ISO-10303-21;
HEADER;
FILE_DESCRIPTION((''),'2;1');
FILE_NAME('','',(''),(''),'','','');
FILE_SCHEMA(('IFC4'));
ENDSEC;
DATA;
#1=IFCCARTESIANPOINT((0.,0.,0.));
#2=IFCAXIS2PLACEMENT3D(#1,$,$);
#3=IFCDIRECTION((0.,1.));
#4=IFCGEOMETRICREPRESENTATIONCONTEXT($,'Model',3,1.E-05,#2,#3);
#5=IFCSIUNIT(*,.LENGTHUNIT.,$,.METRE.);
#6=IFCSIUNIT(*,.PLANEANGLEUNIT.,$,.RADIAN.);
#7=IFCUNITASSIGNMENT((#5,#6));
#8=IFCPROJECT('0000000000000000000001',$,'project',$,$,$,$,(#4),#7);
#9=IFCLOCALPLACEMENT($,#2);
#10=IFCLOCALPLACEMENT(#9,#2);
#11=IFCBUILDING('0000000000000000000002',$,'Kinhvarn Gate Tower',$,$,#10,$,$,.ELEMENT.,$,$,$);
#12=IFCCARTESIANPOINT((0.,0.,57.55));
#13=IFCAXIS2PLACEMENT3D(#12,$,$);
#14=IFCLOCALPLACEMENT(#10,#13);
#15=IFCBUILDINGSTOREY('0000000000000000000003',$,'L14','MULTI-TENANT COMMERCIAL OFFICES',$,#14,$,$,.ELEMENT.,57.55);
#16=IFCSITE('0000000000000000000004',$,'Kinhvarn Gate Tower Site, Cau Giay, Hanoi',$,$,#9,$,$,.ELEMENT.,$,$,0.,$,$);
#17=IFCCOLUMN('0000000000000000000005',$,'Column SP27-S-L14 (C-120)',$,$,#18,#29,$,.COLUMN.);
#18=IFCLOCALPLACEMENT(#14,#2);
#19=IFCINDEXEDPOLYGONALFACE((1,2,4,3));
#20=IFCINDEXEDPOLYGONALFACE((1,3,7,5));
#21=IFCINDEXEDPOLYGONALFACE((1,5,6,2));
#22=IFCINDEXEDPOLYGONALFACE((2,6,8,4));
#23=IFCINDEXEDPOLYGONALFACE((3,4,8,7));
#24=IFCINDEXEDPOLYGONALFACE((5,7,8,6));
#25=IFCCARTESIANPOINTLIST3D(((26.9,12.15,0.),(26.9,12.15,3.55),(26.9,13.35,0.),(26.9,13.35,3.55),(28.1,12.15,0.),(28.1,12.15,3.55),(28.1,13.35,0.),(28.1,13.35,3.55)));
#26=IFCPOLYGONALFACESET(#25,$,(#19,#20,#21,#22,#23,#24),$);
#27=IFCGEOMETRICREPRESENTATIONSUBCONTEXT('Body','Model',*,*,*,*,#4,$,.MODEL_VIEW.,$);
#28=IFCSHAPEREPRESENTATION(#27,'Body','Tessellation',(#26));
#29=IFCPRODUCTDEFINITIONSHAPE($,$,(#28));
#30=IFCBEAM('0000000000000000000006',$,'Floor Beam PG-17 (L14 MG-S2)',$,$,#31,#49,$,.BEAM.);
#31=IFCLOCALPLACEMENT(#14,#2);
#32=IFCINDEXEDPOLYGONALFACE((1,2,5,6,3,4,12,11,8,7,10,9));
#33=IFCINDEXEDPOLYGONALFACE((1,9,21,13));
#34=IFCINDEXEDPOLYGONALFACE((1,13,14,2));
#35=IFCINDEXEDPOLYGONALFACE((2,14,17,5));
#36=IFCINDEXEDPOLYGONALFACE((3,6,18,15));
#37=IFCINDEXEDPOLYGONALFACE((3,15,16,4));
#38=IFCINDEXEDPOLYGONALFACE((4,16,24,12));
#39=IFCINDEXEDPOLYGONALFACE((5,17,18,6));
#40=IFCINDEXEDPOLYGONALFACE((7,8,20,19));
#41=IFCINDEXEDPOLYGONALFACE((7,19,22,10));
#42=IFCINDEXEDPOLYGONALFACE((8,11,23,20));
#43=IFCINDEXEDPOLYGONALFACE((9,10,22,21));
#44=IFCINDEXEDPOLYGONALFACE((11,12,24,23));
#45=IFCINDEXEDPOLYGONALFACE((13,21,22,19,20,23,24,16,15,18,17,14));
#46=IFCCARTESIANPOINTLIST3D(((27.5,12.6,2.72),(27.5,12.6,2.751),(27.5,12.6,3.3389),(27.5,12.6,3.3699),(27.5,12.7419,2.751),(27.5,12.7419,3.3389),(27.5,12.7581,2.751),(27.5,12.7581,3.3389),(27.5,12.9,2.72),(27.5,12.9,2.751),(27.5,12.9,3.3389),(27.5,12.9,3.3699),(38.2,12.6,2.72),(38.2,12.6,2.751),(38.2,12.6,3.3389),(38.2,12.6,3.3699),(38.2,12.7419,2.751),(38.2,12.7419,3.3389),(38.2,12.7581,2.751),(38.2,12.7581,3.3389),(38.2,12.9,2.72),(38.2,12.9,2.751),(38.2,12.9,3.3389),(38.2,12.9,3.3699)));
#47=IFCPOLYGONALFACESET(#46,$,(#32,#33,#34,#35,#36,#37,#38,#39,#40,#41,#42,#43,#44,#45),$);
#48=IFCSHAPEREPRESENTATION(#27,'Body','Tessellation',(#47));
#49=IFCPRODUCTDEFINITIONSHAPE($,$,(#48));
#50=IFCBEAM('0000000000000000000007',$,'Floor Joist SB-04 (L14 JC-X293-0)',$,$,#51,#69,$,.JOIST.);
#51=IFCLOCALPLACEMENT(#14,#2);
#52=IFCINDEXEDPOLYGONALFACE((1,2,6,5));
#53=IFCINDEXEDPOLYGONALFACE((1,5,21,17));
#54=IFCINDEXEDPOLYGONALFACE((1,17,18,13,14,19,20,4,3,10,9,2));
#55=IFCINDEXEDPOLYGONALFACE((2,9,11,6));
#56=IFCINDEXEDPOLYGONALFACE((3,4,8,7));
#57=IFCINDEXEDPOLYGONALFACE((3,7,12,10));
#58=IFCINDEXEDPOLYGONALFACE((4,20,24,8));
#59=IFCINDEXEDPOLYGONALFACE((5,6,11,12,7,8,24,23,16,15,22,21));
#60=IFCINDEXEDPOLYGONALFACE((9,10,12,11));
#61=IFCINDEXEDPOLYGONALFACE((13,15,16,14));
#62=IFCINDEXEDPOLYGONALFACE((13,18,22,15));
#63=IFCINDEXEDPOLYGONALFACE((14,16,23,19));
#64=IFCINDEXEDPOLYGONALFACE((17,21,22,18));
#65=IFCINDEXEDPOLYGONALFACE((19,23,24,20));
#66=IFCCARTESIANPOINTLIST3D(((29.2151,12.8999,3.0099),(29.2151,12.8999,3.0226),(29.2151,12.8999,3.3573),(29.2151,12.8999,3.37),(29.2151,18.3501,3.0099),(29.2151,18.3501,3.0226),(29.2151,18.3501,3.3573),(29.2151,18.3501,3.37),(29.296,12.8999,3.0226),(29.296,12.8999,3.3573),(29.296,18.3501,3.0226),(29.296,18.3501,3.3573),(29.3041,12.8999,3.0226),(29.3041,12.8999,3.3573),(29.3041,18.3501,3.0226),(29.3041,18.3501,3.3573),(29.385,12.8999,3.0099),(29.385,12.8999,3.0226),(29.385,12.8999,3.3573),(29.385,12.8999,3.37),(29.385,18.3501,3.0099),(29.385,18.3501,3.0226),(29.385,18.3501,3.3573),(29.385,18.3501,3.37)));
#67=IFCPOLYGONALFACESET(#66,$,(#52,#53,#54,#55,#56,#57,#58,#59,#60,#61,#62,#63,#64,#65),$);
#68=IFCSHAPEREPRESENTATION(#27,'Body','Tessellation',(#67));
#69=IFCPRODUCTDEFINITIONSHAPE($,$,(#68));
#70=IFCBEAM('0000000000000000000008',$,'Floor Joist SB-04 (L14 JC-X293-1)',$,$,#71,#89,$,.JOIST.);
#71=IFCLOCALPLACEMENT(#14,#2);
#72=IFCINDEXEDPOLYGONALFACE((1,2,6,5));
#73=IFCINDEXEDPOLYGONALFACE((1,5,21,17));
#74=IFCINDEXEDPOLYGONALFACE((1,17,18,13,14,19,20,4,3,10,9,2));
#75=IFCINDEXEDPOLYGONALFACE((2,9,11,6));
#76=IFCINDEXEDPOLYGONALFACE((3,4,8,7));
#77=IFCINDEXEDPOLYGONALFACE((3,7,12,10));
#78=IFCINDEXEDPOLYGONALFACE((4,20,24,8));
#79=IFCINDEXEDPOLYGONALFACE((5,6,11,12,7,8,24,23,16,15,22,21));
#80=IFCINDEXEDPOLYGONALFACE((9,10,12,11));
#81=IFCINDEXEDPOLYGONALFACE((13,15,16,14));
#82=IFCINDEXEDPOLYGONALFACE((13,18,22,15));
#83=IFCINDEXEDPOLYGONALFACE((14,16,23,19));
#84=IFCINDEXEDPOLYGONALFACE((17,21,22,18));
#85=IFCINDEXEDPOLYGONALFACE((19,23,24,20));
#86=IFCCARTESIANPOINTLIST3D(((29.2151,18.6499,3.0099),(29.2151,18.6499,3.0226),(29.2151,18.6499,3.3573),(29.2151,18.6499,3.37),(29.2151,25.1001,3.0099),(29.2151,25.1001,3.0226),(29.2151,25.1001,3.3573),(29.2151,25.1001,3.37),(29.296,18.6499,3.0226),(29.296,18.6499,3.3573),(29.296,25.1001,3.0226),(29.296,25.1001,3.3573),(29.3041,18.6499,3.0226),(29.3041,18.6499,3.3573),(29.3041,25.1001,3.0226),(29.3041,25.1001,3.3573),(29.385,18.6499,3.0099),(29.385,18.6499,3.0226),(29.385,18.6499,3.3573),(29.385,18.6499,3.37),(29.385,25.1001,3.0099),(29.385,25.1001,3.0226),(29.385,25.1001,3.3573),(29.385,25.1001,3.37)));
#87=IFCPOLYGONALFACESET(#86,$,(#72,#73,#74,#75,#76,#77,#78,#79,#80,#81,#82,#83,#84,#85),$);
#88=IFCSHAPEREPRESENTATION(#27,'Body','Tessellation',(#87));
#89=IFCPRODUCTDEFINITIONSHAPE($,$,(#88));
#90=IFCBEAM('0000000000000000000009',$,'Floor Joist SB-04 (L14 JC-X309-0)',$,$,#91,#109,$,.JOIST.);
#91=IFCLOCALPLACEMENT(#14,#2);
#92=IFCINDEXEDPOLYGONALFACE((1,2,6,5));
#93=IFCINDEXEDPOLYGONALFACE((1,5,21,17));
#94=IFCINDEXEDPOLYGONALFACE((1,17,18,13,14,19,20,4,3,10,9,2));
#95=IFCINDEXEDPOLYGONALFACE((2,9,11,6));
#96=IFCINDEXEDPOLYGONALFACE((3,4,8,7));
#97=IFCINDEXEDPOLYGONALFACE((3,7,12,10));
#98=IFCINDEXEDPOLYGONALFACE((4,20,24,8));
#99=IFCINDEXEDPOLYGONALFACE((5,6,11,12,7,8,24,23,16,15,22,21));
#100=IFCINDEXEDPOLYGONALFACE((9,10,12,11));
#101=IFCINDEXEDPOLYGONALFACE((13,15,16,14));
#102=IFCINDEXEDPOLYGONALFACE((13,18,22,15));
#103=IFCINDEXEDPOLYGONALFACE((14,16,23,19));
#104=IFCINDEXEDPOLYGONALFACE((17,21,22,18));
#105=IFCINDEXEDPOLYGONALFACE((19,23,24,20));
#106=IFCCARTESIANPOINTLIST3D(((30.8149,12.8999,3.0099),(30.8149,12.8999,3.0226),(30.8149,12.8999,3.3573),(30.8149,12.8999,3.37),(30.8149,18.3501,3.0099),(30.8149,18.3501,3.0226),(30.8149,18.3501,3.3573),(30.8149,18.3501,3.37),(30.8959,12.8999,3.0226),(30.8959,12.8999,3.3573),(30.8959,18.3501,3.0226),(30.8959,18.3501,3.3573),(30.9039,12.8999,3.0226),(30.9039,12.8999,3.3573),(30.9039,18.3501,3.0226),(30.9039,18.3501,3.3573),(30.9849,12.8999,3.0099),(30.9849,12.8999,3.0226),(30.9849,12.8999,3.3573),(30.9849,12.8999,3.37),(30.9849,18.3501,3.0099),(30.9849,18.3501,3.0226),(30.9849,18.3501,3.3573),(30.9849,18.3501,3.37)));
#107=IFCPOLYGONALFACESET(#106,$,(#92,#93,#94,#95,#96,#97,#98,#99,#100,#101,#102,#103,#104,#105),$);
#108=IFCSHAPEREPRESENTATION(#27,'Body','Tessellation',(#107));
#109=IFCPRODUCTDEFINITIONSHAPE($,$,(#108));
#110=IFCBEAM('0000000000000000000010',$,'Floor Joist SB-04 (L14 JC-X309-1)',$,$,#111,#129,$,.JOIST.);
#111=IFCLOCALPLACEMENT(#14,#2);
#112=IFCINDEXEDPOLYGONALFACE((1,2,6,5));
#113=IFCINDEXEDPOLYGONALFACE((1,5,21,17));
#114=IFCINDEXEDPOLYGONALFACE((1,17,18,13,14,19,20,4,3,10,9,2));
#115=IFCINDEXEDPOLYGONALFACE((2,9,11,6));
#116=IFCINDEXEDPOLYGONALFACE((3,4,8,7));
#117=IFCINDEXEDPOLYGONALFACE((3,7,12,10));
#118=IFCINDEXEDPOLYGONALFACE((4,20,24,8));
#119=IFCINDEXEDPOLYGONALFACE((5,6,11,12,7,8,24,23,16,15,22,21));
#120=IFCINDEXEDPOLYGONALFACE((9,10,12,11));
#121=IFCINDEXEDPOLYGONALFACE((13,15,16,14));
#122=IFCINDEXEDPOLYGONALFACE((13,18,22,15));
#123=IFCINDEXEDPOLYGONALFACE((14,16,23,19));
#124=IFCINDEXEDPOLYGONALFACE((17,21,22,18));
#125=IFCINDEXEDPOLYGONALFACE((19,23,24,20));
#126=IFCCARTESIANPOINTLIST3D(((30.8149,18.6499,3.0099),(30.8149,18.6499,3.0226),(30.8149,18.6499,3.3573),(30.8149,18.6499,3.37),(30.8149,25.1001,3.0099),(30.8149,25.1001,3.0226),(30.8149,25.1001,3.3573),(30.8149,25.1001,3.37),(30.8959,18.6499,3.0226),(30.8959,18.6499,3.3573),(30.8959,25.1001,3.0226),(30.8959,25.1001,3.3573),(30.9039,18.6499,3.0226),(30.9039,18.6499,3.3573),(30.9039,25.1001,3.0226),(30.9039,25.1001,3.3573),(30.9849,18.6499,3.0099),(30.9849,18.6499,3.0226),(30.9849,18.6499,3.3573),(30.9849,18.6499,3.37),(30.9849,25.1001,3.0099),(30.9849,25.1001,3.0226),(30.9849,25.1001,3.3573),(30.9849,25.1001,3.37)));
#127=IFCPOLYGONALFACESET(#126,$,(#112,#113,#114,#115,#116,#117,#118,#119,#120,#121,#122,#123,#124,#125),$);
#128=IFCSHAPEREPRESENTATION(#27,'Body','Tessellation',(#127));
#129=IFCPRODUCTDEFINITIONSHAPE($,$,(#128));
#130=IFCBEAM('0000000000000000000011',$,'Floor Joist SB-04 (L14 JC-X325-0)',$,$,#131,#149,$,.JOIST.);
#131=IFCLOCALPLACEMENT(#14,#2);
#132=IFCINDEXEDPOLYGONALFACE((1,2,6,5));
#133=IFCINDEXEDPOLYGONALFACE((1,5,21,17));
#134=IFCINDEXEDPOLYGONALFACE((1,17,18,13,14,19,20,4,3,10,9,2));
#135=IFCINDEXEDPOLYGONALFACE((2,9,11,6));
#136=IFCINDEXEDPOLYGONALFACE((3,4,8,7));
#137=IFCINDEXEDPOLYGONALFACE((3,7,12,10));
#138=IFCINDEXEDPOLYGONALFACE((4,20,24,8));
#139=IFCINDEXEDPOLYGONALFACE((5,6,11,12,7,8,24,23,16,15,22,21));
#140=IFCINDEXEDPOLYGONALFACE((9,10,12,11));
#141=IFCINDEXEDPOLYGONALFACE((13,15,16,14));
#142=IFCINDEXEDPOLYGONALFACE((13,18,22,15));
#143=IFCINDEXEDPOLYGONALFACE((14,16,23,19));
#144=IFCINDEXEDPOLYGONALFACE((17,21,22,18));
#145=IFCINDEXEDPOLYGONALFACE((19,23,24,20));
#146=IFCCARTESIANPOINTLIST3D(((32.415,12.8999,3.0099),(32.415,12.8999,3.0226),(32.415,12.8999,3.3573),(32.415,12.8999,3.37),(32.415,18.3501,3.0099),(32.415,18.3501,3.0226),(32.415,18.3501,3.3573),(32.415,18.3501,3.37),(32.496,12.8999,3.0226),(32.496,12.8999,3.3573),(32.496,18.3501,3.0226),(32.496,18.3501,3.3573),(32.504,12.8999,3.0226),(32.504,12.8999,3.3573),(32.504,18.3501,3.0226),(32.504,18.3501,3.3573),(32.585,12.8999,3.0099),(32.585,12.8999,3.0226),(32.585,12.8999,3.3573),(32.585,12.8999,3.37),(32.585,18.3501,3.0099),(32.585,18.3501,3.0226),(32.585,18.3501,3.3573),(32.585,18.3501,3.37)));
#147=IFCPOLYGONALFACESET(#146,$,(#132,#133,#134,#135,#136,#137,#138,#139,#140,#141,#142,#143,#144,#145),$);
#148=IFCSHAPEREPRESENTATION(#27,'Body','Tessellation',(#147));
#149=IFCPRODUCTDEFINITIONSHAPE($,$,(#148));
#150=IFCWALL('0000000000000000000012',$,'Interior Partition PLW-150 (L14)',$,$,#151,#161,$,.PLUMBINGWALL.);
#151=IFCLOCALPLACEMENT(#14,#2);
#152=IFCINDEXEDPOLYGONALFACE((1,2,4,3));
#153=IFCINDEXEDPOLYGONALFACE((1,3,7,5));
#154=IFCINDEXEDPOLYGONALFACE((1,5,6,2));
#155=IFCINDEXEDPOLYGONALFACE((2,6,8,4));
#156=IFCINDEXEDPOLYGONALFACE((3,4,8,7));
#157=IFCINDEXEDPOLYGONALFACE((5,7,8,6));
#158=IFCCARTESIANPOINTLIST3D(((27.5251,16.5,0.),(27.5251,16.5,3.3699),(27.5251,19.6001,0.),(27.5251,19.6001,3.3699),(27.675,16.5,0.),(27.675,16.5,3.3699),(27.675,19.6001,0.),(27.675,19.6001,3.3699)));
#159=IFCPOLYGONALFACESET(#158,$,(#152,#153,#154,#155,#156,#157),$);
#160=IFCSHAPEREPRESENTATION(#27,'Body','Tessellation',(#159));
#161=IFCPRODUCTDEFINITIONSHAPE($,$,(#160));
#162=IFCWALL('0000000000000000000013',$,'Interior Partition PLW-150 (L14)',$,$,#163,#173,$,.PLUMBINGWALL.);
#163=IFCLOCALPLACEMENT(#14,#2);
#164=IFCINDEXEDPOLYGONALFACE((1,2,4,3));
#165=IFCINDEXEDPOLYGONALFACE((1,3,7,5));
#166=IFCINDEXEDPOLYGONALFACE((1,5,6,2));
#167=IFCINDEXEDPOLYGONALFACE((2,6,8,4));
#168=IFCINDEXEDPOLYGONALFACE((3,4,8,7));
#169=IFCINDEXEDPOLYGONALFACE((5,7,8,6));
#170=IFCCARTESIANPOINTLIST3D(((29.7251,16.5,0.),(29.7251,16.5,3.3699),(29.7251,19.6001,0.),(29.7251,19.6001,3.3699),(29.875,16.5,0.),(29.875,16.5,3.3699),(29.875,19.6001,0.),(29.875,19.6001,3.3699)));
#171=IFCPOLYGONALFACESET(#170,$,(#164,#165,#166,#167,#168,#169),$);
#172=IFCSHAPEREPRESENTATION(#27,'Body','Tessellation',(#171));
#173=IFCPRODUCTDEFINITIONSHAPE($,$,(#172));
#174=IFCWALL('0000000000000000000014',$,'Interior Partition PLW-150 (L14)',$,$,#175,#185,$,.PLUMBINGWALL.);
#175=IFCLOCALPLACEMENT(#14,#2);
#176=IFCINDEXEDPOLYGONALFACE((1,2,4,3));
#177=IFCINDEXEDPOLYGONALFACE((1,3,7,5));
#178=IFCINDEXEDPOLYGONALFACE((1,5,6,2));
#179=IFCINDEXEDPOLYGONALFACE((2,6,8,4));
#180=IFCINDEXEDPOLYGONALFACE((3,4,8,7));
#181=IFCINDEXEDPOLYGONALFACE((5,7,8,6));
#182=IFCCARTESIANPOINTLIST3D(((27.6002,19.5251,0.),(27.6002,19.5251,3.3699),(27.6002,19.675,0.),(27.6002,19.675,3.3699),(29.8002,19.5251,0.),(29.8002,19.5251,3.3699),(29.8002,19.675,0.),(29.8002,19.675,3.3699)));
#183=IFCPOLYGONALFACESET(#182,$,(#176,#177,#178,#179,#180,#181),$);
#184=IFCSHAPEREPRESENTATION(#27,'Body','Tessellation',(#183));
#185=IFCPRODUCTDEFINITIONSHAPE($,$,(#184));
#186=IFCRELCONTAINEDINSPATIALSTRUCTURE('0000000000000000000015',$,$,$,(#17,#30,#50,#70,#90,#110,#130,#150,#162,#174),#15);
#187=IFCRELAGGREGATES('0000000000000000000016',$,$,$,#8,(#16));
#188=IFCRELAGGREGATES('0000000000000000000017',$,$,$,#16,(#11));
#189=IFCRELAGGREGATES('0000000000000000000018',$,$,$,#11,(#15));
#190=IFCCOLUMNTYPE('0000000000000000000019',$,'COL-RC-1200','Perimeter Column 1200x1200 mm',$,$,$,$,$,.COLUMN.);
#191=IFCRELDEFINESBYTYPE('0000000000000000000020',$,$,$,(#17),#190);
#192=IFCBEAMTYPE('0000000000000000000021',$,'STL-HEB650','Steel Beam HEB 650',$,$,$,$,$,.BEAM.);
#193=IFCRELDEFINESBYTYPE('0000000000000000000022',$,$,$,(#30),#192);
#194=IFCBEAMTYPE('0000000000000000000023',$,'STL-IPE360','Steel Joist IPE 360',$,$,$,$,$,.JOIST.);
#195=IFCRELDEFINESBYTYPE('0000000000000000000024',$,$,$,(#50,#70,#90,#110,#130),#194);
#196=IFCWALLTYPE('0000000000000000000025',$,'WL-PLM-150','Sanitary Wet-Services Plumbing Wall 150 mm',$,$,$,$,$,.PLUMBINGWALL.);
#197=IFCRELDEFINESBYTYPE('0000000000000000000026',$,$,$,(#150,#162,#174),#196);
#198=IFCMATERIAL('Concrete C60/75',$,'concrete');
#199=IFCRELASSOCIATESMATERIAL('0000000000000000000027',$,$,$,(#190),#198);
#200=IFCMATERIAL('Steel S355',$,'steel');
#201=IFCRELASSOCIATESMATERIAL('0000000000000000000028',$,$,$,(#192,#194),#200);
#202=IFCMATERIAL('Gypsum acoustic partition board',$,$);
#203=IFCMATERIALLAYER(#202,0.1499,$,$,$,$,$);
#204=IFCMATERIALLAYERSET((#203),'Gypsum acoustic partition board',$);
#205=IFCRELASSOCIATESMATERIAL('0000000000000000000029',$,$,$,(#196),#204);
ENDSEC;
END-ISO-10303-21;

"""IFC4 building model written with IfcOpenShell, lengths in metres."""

from ifc_helpers import new_model, si_unit, direction, frame, frame_2d, origin, origin_2d, place, context, subcontext, project, spatial, rectangle, i_section, extrude, material, layer, layer_set, material_profile, profile_set, type_object, element, save


model = new_model("IFC4")

# Units and contexts
model_context = context("Model", 3, precision=1e-05, world=origin(), true_north=direction((0.0, 1.0)))
body_context = subcontext(model_context, "Body", "Model", "MODEL_VIEW")
ifc_project = project(units=[si_unit("LENGTHUNIT", "METRE"), si_unit("PLANEANGLEUNIT", "RADIAN")], contexts=[model_context])

# Site, building, storey
site_placement = place(None, origin())
site = spatial("IfcSite", under=ifc_project, at=site_placement, Name="Kinhvarn Gate Tower Site, Cau Giay, Hanoi", CompositionType="ELEMENT", RefElevation=0.0)
building_placement = place(site_placement, origin())
building = spatial("IfcBuilding", under=site, at=building_placement, Name="Kinhvarn Gate Tower", CompositionType="ELEMENT")
storey_placement = place(building_placement, frame((0.0, 0.0, 57.55)))
storey = spatial("IfcBuildingStorey", under=building, at=storey_placement, Name="L14", Description="MULTI-TENANT COMMERCIAL OFFICES", CompositionType="ELEMENT", Elevation=57.55)

# Column
ifc_material_1 = material(Name="Concrete C60/75", Category="concrete")
ifc_material_profile_1 = material_profile(ifc_material_1, rectangle(XDim=1.2, YDim=1.2, at=origin_2d()), Name="RC 1200x1200")
ifc_profile_set_1 = profile_set([ifc_material_profile_1], Name="Concrete C60/75")
column_type = type_object("IfcColumnType", Name="COL-RC-1200", Description="Perimeter Column 1200x1200 mm", PredefinedType="COLUMN", material=ifc_profile_set_1)
column_placement = place(storey_placement, frame((27.5, 12.75, 0.0), z_axis=(0.0, 0.0, 1.0), x_axis=(1.0, 0.0, 0.0)))
element("IfcColumn", 1, at=column_placement, inside=storey, type_object=column_type, Name="Column SP27-S-L14 (C-120)", PredefinedType="COLUMN", context=body_context, shape_type="SweptSolid", body=[
    extrude(rectangle(XDim=1.2, YDim=1.2, at=origin_2d()), origin(), (0.0, 0.0, 1.0), 3.55),
])

# Beams
ifc_material_2 = material(Name="Steel S355", Category="steel")
ifc_material_profile_2 = material_profile(ifc_material_2, i_section(OverallWidth=0.3, OverallDepth=0.6499, WebThickness=0.0161, FlangeThickness=0.031, at=origin_2d()), Name="HEB 650")
ifc_profile_set_2 = profile_set([ifc_material_profile_2], Name="Steel S355")
beam_type_1 = type_object("IfcBeamType", Name="STL-HEB650", Description="Steel Beam HEB 650", PredefinedType="BEAM", material=ifc_profile_set_2)
beam_1_placement = place(storey_placement, frame((27.5, 12.75, 3.0449), z_axis=(1.0, 0.0, 0.0), x_axis=(0.0, 1.0, 0.0)))
element("IfcBeam", 2, at=beam_1_placement, inside=storey, type_object=beam_type_1, Name="Floor Beam PG-17 (L14 MG-S2)", PredefinedType="BEAM", context=body_context, shape_type="SweptSolid", body=[
    extrude(i_section(OverallWidth=0.3, OverallDepth=0.6499, WebThickness=0.0161, FlangeThickness=0.031, at=origin_2d()), origin(), (0.0, 0.0, 1.0), 10.7),
])
ifc_material_profile_3 = material_profile(ifc_material_2, i_section(OverallWidth=0.1699, OverallDepth=0.3601, WebThickness=0.0081, FlangeThickness=0.0127, at=origin_2d()), Name="IPE 360")
ifc_profile_set_3 = profile_set([ifc_material_profile_3], Name="Steel S355")
beam_type_2 = type_object("IfcBeamType", Name="STL-IPE360", Description="Steel Joist IPE 360", PredefinedType="JOIST", material=ifc_profile_set_3)
beam_2_placement = place(storey_placement, frame((29.3, 12.8999, 3.1899), z_axis=(0.0, 1.0, 0.0), x_axis=(-1.0, 0.0, 0.0)))
element("IfcBeam", 3, at=beam_2_placement, inside=storey, type_object=beam_type_2, Name="Floor Joist SB-04 (L14 JC-X293-0)", PredefinedType="JOIST", context=body_context, shape_type="SweptSolid", body=[
    extrude(i_section(OverallWidth=0.1699, OverallDepth=0.3601, WebThickness=0.0081, FlangeThickness=0.0127, at=origin_2d()), origin(), (0.0, 0.0, 1.0), 5.4502),
])
beam_3_placement = place(storey_placement, frame((29.3, 18.6499, 3.1899), z_axis=(0.0, 1.0, 0.0), x_axis=(-1.0, 0.0, 0.0)))
element("IfcBeam", 4, at=beam_3_placement, inside=storey, type_object=beam_type_2, Name="Floor Joist SB-04 (L14 JC-X293-1)", PredefinedType="JOIST", context=body_context, shape_type="SweptSolid", body=[
    extrude(i_section(OverallWidth=0.1699, OverallDepth=0.3601, WebThickness=0.0081, FlangeThickness=0.0127, at=origin_2d()), origin(), (0.0, 0.0, 1.0), 6.4502),
])
beam_4_placement = place(storey_placement, frame((30.8999, 12.8999, 3.1899), z_axis=(0.0, 1.0, 0.0), x_axis=(-1.0, 0.0, 0.0)))
element("IfcBeam", 5, at=beam_4_placement, inside=storey, type_object=beam_type_2, Name="Floor Joist SB-04 (L14 JC-X309-0)", PredefinedType="JOIST", context=body_context, shape_type="SweptSolid", body=[
    extrude(i_section(OverallWidth=0.1699, OverallDepth=0.3601, WebThickness=0.0081, FlangeThickness=0.0127, at=origin_2d()), origin(), (0.0, 0.0, 1.0), 5.4502),
])
beam_5_placement = place(storey_placement, frame((30.8999, 18.6499, 3.1899), z_axis=(0.0, 1.0, 0.0), x_axis=(-1.0, 0.0, 0.0)))
element("IfcBeam", 6, at=beam_5_placement, inside=storey, type_object=beam_type_2, Name="Floor Joist SB-04 (L14 JC-X309-1)", PredefinedType="JOIST", context=body_context, shape_type="SweptSolid", body=[
    extrude(i_section(OverallWidth=0.1699, OverallDepth=0.3601, WebThickness=0.0081, FlangeThickness=0.0127, at=origin_2d()), origin(), (0.0, 0.0, 1.0), 6.4502),
])
beam_6_placement = place(storey_placement, frame((32.5, 12.8999, 3.1899), z_axis=(0.0, 1.0, 0.0), x_axis=(-1.0, 0.0, 0.0)))
element("IfcBeam", 7, at=beam_6_placement, inside=storey, type_object=beam_type_2, Name="Floor Joist SB-04 (L14 JC-X325-0)", PredefinedType="JOIST", context=body_context, shape_type="SweptSolid", body=[
    extrude(i_section(OverallWidth=0.1699, OverallDepth=0.3601, WebThickness=0.0081, FlangeThickness=0.0127, at=origin_2d()), origin(), (0.0, 0.0, 1.0), 5.4502),
])

# Walls
ifc_material_3 = material(Name="Gypsum acoustic partition board")
ifc_layer_1 = layer(ifc_material_3, 0.1499)
ifc_layer_set_1 = layer_set([ifc_layer_1], Name="Gypsum acoustic partition board")
wall_type_1 = type_object("IfcWallType", Name="WL-PLM-150", Description="Sanitary Wet-Services Plumbing Wall 150 mm", PredefinedType="PLUMBINGWALL", material=ifc_layer_set_1)
for number, where, z_axis, x_axis, name in (
    (8, (27.6001, 16.5, 0.0), (0.0, 0.0, 1.0), (0.0, 1.0, 0.0), "Interior Partition PLW-150 (L14)"),
    (9, (29.8, 16.5, 0.0), (0.0, 0.0, 1.0), (0.0, 1.0, 0.0), "Interior Partition PLW-150 (L14)"),
):
    element("IfcWall", number, at=place(storey_placement, frame(where, z_axis=z_axis, x_axis=x_axis)), inside=storey, type_object=wall_type_1, Name=name, PredefinedType="PLUMBINGWALL", context=body_context, shape_type="SweptSolid", body=[
        extrude(rectangle(XDim=3.1001, YDim=0.1499, at=frame_2d((1.55, 0.0))), origin(), (0.0, 0.0, 1.0), 3.3699),
    ])
wall_1_placement = place(storey_placement, frame((27.6001, 19.6001, 0.0), z_axis=(0.0, 0.0, 1.0), x_axis=(1.0, 0.0, 0.0)))
element("IfcWall", 10, at=wall_1_placement, inside=storey, type_object=wall_type_1, Name="Interior Partition PLW-150 (L14)", PredefinedType="PLUMBINGWALL", context=body_context, shape_type="SweptSolid", body=[
    extrude(rectangle(XDim=2.2, YDim=0.1499, at=frame_2d((1.1001, 0.0))), origin(), (0.0, 0.0, 1.0), 3.3699),
])

save(model, "model.ifc")
